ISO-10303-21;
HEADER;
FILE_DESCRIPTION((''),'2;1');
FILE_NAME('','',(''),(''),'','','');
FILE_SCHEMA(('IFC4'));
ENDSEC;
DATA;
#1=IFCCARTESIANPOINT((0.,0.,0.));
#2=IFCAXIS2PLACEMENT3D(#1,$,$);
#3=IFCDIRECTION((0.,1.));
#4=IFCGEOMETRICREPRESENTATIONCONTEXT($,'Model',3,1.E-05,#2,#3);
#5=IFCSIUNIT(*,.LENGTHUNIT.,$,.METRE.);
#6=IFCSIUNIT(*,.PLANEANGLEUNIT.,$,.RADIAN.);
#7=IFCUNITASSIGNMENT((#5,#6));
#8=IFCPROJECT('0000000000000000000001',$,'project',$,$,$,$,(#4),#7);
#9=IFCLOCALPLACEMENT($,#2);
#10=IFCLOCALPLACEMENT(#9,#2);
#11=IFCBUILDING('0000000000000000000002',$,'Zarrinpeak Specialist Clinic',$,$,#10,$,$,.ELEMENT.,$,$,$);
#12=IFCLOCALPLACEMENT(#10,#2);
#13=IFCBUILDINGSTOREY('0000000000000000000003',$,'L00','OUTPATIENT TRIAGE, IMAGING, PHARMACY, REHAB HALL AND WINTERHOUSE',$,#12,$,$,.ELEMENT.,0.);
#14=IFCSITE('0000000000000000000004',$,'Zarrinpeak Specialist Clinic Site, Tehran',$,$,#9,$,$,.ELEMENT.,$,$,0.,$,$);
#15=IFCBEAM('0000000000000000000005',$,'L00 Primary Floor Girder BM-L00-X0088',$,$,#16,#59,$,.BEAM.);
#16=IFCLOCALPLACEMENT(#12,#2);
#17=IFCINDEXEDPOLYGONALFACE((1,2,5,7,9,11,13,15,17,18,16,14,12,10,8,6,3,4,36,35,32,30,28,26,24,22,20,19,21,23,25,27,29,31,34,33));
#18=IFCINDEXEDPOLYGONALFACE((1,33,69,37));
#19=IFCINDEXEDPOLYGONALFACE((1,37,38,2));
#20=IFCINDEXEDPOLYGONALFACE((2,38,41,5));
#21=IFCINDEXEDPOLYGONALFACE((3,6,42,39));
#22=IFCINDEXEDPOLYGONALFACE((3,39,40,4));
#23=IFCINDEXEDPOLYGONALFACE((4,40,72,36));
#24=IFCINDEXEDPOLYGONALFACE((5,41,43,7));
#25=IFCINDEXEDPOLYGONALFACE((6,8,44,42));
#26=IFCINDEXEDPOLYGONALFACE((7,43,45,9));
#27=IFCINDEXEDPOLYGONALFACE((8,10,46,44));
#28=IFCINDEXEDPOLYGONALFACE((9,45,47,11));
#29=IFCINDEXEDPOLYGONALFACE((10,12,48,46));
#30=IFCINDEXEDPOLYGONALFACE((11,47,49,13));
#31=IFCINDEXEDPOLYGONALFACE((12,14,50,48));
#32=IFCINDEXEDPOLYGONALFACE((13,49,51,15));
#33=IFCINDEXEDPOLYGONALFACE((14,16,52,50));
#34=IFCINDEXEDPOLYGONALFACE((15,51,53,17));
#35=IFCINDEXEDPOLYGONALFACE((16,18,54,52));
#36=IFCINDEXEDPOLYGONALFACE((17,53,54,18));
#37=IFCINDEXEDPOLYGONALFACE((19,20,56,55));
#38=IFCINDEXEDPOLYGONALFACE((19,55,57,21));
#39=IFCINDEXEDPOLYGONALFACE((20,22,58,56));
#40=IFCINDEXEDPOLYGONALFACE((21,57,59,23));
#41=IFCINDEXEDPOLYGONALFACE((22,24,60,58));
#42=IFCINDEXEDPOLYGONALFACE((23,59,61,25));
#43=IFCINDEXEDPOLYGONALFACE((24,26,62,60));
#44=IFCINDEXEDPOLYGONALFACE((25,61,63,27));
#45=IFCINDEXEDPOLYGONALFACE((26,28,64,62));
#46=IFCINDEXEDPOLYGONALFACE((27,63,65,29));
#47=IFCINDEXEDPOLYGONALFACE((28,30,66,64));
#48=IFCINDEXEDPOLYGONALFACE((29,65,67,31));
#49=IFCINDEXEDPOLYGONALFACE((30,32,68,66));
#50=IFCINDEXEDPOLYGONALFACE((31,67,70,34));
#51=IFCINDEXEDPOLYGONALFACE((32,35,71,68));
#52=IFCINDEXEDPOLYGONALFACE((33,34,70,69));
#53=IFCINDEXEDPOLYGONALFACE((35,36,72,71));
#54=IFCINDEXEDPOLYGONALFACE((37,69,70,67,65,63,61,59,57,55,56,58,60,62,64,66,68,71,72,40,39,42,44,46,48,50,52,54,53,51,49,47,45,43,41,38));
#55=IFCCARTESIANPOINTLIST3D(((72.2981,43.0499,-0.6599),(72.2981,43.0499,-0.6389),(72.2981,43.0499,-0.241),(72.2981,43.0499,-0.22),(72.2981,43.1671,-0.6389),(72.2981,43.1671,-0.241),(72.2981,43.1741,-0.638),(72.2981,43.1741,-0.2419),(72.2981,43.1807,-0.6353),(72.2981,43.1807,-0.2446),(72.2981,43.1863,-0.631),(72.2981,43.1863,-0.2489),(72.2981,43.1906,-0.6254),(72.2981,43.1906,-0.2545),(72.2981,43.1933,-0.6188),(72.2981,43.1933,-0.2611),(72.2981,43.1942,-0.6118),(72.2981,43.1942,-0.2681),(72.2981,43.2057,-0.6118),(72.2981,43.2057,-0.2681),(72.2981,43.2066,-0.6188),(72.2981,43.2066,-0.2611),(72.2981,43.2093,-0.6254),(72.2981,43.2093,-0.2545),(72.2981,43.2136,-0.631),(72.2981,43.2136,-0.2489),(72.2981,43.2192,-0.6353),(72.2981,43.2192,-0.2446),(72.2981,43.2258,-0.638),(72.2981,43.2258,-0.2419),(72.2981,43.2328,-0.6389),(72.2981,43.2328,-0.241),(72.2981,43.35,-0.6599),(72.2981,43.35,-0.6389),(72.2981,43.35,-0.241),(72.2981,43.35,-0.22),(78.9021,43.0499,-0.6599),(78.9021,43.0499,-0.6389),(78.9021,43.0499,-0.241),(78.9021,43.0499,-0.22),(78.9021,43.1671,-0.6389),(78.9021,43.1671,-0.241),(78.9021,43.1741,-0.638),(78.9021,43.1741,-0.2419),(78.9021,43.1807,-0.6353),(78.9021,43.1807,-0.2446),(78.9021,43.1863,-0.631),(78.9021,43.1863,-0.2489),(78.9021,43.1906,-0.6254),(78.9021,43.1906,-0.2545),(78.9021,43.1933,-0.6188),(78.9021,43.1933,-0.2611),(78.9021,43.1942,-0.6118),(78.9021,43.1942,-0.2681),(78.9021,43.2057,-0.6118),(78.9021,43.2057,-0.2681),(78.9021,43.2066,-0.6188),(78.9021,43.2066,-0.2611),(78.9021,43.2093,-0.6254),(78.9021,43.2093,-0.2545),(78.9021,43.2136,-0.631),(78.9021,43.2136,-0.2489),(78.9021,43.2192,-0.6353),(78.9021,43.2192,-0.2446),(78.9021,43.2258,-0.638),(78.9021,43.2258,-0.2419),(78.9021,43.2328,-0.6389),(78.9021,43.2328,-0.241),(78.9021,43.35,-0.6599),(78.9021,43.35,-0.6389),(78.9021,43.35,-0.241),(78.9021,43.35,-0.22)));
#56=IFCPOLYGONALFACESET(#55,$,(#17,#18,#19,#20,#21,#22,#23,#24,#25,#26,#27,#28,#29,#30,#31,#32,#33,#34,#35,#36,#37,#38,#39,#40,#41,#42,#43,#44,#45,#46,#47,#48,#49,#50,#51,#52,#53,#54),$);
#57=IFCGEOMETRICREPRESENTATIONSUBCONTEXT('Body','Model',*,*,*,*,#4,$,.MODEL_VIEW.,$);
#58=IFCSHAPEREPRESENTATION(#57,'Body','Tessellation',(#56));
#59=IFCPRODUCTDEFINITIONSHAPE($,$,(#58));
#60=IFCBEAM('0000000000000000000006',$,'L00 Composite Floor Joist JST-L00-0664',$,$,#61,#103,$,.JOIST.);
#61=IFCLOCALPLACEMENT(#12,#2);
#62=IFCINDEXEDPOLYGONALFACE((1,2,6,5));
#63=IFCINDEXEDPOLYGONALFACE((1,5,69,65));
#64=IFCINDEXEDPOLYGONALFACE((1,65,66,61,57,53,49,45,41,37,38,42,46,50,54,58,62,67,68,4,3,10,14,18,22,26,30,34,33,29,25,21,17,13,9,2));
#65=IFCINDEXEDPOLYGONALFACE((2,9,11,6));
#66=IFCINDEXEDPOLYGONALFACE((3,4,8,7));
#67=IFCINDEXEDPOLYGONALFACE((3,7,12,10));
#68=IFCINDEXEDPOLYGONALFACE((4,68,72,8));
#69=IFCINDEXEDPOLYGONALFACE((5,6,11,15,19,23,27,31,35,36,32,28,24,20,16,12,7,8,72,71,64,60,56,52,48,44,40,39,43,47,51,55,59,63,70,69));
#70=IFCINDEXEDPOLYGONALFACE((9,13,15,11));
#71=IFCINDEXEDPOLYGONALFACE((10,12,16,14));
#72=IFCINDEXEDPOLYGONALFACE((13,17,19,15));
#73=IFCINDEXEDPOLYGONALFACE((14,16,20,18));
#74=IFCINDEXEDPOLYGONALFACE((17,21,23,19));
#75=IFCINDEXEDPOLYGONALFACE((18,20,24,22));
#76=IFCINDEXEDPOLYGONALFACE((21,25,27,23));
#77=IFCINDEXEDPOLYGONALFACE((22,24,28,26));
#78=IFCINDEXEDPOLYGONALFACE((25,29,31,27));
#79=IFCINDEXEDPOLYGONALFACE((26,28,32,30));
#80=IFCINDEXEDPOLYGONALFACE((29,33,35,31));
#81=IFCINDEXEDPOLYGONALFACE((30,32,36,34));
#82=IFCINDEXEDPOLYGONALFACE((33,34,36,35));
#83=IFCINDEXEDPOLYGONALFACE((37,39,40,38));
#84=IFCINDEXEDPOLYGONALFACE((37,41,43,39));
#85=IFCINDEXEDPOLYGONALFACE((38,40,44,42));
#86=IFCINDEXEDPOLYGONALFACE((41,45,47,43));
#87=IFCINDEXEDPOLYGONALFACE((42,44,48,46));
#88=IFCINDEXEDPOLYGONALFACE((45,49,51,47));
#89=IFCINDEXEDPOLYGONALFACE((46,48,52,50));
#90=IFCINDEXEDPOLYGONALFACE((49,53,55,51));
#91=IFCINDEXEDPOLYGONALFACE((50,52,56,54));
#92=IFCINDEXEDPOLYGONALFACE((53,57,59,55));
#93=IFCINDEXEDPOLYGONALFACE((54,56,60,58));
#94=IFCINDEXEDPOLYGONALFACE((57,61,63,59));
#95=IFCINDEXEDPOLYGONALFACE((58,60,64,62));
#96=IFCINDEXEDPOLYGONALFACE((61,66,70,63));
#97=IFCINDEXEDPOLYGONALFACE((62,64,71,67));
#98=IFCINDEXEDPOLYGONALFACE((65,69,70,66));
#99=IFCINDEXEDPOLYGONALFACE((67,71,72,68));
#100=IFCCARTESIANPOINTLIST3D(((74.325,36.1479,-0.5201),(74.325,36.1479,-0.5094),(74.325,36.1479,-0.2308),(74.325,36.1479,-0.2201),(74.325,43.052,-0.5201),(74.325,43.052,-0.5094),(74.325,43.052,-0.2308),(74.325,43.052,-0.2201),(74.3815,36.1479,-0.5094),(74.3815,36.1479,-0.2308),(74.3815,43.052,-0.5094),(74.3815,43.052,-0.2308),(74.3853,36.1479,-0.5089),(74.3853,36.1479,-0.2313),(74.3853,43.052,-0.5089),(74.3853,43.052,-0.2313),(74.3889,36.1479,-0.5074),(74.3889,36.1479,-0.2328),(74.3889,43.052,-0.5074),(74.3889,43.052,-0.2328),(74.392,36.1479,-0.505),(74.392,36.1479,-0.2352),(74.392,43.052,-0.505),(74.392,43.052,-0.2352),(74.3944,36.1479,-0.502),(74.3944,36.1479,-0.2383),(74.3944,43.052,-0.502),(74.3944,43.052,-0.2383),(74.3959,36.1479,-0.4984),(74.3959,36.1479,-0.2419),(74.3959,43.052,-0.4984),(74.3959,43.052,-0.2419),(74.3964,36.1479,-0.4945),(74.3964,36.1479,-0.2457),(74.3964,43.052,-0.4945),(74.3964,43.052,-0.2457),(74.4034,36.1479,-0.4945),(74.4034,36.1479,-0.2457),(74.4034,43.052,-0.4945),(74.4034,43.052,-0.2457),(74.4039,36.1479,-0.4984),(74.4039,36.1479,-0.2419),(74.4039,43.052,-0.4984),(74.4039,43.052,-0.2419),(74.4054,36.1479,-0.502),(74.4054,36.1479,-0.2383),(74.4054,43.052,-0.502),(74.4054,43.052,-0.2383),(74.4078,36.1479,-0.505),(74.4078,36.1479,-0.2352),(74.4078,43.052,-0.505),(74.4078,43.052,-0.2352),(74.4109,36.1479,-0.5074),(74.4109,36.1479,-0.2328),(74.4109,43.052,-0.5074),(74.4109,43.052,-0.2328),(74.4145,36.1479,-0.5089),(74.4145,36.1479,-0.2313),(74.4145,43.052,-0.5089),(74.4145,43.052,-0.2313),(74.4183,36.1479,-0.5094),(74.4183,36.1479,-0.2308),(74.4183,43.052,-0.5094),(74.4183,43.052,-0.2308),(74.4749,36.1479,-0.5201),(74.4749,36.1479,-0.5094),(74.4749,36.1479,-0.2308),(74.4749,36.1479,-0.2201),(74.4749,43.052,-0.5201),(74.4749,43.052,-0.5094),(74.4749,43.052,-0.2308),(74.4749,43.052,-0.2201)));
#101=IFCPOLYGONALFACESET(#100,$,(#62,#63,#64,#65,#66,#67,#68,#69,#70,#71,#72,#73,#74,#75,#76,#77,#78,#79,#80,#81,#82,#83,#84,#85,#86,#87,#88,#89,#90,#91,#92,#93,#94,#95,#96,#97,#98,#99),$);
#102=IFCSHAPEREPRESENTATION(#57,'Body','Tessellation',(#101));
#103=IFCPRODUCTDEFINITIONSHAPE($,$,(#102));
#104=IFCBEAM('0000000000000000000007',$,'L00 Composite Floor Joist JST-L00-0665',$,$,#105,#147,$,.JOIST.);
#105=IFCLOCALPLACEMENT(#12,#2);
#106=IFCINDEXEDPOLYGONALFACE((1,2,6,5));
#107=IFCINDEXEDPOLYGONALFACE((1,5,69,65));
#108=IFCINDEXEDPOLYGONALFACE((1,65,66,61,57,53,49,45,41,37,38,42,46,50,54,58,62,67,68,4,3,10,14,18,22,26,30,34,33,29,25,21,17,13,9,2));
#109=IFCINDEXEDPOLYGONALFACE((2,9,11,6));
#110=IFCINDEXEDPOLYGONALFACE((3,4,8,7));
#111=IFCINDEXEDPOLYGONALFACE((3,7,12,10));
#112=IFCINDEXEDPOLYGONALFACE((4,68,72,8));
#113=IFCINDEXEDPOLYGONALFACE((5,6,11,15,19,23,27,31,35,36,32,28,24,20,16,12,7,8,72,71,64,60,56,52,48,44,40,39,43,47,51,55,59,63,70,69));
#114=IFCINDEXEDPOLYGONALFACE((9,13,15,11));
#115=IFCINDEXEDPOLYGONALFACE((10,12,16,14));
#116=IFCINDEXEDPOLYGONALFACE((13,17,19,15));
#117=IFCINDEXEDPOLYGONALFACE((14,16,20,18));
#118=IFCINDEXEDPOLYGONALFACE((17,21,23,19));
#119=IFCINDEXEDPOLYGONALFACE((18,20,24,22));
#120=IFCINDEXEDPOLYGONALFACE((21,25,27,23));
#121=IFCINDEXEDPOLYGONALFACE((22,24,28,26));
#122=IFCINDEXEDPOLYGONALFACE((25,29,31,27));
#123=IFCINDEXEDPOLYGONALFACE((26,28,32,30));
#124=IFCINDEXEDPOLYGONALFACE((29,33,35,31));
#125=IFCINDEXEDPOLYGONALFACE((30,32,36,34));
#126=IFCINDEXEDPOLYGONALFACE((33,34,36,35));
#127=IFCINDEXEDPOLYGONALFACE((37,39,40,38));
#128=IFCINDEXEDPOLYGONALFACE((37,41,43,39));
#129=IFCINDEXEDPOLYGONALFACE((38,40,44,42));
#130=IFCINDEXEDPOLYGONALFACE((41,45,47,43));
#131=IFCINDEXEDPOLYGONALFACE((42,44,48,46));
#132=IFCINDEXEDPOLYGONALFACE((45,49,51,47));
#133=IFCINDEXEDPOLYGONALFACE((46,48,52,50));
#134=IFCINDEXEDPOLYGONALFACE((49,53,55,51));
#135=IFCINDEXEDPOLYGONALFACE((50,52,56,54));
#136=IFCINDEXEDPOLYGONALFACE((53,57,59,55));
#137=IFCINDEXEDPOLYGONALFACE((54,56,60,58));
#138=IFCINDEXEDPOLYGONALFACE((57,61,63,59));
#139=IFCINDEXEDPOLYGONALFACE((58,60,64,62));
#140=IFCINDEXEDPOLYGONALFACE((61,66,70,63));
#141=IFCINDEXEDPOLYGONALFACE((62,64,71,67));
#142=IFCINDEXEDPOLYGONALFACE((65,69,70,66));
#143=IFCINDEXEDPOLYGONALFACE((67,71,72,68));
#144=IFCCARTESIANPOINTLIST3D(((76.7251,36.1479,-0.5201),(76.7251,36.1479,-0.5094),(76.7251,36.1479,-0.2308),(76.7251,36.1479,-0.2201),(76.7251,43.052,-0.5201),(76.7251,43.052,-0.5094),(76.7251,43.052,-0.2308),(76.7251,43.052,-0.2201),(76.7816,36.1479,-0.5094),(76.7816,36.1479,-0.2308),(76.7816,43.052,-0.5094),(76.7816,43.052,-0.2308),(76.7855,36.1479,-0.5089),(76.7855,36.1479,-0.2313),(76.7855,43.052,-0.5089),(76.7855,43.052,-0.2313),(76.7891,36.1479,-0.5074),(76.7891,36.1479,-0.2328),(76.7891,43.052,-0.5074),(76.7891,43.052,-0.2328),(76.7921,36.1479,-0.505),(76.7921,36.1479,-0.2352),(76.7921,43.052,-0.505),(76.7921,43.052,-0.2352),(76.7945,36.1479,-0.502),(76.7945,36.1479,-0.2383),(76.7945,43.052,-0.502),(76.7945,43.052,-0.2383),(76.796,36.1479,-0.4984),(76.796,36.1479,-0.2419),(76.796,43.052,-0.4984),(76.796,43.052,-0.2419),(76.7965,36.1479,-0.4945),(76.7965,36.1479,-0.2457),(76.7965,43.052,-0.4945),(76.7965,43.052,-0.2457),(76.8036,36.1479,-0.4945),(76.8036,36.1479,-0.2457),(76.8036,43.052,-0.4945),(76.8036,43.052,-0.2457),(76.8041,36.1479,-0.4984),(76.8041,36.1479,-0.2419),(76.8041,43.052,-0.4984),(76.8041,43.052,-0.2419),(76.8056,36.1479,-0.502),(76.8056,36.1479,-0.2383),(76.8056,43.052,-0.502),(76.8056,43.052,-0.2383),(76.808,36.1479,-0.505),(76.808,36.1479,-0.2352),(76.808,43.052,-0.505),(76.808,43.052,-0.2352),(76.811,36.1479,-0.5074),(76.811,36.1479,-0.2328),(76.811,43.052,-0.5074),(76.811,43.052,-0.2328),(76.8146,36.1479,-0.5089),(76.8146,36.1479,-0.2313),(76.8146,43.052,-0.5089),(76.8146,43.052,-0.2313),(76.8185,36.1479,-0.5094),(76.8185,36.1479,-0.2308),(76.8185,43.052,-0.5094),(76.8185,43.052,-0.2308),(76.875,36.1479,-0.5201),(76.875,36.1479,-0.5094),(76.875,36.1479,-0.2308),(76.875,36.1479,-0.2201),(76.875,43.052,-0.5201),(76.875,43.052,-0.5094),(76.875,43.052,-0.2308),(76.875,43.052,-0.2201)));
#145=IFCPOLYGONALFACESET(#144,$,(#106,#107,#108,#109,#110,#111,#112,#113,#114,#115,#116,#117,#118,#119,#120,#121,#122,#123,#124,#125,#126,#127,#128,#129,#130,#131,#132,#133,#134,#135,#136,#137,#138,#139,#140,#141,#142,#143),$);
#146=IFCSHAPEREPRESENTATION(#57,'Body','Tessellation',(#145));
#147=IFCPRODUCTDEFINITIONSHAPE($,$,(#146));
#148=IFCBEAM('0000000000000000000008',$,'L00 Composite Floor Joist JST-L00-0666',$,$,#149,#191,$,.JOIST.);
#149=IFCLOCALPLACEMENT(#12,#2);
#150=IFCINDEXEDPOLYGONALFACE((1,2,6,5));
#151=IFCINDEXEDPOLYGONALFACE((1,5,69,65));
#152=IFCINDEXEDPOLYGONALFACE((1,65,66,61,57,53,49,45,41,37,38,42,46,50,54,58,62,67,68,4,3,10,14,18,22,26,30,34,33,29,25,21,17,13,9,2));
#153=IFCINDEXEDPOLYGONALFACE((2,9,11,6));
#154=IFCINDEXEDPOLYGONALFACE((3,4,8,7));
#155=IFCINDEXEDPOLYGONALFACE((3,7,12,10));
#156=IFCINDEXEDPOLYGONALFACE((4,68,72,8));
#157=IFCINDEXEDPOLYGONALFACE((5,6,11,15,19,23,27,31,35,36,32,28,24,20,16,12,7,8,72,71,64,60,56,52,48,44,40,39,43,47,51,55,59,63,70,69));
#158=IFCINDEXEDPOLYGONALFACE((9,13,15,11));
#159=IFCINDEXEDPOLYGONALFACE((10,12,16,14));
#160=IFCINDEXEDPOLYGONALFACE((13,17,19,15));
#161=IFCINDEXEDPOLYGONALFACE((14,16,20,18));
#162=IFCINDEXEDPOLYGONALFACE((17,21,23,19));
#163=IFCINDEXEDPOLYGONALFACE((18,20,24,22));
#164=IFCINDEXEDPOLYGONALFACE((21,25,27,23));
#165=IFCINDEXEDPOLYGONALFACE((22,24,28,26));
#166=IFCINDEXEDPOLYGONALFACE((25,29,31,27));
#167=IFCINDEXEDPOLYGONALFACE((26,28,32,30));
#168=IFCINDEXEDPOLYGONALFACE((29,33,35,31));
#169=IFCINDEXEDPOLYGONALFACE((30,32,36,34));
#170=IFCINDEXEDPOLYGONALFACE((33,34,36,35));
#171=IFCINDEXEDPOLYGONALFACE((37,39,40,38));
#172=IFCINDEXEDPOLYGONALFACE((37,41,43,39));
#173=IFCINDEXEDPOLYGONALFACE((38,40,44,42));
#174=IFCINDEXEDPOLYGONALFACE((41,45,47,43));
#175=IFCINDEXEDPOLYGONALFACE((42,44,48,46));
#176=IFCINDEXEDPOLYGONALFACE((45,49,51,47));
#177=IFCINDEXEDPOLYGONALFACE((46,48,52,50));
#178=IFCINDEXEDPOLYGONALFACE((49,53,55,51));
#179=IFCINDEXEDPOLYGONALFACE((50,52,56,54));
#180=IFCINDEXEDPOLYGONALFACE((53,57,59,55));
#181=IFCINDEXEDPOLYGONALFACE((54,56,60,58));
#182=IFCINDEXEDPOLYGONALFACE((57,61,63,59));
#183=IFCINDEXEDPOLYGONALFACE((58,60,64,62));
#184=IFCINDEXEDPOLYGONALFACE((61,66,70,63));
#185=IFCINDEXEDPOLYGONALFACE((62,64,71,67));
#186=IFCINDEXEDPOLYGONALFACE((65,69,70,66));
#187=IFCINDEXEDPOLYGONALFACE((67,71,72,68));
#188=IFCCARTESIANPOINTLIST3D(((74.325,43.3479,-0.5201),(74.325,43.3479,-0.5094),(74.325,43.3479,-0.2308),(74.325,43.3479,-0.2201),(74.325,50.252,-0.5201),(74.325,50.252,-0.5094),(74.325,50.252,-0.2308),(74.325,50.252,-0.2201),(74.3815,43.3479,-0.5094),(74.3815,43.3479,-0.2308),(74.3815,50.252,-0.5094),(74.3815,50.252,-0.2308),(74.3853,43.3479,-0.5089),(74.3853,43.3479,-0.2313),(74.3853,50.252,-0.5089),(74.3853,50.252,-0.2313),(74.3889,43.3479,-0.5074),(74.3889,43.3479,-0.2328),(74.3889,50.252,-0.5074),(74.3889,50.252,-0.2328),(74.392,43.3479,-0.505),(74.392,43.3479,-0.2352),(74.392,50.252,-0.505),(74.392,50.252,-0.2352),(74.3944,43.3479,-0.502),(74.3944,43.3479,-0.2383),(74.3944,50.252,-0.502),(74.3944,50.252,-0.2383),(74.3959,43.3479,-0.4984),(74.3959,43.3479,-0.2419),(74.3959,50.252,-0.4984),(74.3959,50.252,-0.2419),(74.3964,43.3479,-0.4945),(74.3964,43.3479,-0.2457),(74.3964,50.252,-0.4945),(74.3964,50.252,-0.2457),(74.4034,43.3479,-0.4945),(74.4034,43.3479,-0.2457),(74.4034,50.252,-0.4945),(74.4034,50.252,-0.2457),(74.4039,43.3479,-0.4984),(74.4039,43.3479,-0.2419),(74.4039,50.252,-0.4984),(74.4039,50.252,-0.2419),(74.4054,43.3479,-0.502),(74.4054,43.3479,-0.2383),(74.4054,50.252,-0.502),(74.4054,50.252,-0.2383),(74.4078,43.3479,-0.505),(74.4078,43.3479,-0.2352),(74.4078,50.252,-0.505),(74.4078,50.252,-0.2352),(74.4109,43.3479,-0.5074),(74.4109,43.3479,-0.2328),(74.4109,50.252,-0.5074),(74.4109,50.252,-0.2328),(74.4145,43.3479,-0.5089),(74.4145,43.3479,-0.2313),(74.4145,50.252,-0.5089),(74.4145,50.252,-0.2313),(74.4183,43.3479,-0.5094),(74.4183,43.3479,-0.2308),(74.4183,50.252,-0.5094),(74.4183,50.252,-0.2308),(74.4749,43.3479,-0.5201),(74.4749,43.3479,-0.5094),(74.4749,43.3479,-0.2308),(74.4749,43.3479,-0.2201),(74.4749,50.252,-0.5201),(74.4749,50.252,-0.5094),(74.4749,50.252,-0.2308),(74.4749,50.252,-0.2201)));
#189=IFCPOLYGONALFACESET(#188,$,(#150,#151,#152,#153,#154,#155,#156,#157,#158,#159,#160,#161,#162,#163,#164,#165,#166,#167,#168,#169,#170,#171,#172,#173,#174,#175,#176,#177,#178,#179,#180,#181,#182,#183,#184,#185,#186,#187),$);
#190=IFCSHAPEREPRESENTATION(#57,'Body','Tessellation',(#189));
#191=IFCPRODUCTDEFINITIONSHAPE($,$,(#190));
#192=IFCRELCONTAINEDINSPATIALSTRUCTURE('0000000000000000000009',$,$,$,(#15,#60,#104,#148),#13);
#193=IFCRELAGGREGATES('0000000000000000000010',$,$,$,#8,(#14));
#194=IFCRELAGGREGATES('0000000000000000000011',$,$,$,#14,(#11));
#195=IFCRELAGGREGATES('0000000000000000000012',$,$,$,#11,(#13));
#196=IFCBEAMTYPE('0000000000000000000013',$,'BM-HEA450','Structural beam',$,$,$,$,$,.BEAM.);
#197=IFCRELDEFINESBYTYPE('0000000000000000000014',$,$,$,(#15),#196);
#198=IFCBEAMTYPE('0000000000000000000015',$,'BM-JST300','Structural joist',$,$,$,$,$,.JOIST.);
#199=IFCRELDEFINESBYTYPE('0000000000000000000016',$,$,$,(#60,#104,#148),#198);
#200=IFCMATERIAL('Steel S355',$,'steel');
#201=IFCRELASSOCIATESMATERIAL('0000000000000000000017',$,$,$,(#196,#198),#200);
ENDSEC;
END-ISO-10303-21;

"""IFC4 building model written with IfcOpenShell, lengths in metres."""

from ifc_helpers import new_model, si_unit, direction, frame, origin, origin_2d, place, context, subcontext, project, spatial, i_section, extrude, material, material_profile, profile_set, type_object, element, save


model = new_model("IFC4")

# Units and contexts
model_context = context("Model", 3, precision=1e-05, world=origin(), true_north=direction((0.0, 1.0)))
body_context = subcontext(model_context, "Body", "Model", "MODEL_VIEW")
ifc_project = project(units=[si_unit("LENGTHUNIT", "METRE"), si_unit("PLANEANGLEUNIT", "RADIAN")], contexts=[model_context])

# Site, building, storey
site_placement = place(None, origin())
site = spatial("IfcSite", under=ifc_project, at=site_placement, Name="Zarrinpeak Specialist Clinic Site, Tehran", CompositionType="ELEMENT", RefElevation=0.0)
building_placement = place(site_placement, origin())
building = spatial("IfcBuilding", under=site, at=building_placement, Name="Zarrinpeak Specialist Clinic", CompositionType="ELEMENT")
storey_placement = place(building_placement, origin())
storey = spatial("IfcBuildingStorey", under=building, at=storey_placement, Name="L00", Description="OUTPATIENT TRIAGE, IMAGING, PHARMACY, REHAB HALL AND WINTERHOUSE", CompositionType="ELEMENT", Elevation=0.0)

# Beams
ifc_material_1 = material(Name="Steel S355", Category="steel")
ifc_material_profile_1 = material_profile(ifc_material_1, i_section(OverallWidth=0.3, OverallDepth=0.4399, WebThickness=0.0115, FlangeThickness=0.021, FilletRadius=0.0271, at=origin_2d()), Name="HEA 450")
ifc_profile_set_1 = profile_set([ifc_material_profile_1], Name="Steel S355")
beam_type_1 = type_object("IfcBeamType", Name="BM-HEA450", Description="Structural beam", PredefinedType="BEAM", material=ifc_profile_set_1)
for number, where, z_axis, x_axis, name in (
    (1, (72.2981, 43.2, -0.4399), (1.0, 0.0, 0.0), (0.0, 1.0, 0.0), "L00 Primary Floor Girder BM-L00-X0088"),
):
    element("IfcBeam", number, at=place(storey_placement, frame(where, z_axis=z_axis, x_axis=x_axis)), inside=storey, type_object=beam_type_1, Name=name, PredefinedType="BEAM", context=body_context, shape_type="SweptSolid", body=[
        extrude(i_section(OverallWidth=0.3, OverallDepth=0.4399, WebThickness=0.0115, FlangeThickness=0.021, FilletRadius=0.0271, at=origin_2d()), origin(), (0.0, 0.0, 1.0), 6.604),
    ])
ifc_material_profile_2 = material_profile(ifc_material_1, i_section(OverallWidth=0.1499, OverallDepth=0.3, WebThickness=0.0071, FlangeThickness=0.0107, FilletRadius=0.0149, at=origin_2d()), Name="IPE 300")
ifc_profile_set_2 = profile_set([ifc_material_profile_2], Name="Steel S355")
beam_type_2 = type_object("IfcBeamType", Name="BM-JST300", Description="Structural joist", PredefinedType="JOIST", material=ifc_profile_set_2)
for number, where, z_axis, x_axis, name in (
    (2, (74.3999, 36.1479, -0.3701), (0.0, 1.0, 0.0), (-1.0, 0.0, 0.0), "L00 Composite Floor Joist JST-L00-0664"),
    (3, (76.8, 36.1479, -0.3701), (0.0, 1.0, 0.0), (-1.0, 0.0, 0.0), "L00 Composite Floor Joist JST-L00-0665"),
    (4, (74.3999, 43.3479, -0.3701), (0.0, 1.0, 0.0), (-1.0, 0.0, 0.0), "L00 Composite Floor Joist JST-L00-0666"),
):
    element("IfcBeam", number, at=place(storey_placement, frame(where, z_axis=z_axis, x_axis=x_axis)), inside=storey, type_object=beam_type_2, Name=name, PredefinedType="JOIST", context=body_context, shape_type="SweptSolid", body=[
        extrude(i_section(OverallWidth=0.1499, OverallDepth=0.3, WebThickness=0.0071, FlangeThickness=0.0107, FilletRadius=0.0149, at=origin_2d()), origin(), (0.0, 0.0, 1.0), 6.9041),
    ])

save(model, "model.ifc")
